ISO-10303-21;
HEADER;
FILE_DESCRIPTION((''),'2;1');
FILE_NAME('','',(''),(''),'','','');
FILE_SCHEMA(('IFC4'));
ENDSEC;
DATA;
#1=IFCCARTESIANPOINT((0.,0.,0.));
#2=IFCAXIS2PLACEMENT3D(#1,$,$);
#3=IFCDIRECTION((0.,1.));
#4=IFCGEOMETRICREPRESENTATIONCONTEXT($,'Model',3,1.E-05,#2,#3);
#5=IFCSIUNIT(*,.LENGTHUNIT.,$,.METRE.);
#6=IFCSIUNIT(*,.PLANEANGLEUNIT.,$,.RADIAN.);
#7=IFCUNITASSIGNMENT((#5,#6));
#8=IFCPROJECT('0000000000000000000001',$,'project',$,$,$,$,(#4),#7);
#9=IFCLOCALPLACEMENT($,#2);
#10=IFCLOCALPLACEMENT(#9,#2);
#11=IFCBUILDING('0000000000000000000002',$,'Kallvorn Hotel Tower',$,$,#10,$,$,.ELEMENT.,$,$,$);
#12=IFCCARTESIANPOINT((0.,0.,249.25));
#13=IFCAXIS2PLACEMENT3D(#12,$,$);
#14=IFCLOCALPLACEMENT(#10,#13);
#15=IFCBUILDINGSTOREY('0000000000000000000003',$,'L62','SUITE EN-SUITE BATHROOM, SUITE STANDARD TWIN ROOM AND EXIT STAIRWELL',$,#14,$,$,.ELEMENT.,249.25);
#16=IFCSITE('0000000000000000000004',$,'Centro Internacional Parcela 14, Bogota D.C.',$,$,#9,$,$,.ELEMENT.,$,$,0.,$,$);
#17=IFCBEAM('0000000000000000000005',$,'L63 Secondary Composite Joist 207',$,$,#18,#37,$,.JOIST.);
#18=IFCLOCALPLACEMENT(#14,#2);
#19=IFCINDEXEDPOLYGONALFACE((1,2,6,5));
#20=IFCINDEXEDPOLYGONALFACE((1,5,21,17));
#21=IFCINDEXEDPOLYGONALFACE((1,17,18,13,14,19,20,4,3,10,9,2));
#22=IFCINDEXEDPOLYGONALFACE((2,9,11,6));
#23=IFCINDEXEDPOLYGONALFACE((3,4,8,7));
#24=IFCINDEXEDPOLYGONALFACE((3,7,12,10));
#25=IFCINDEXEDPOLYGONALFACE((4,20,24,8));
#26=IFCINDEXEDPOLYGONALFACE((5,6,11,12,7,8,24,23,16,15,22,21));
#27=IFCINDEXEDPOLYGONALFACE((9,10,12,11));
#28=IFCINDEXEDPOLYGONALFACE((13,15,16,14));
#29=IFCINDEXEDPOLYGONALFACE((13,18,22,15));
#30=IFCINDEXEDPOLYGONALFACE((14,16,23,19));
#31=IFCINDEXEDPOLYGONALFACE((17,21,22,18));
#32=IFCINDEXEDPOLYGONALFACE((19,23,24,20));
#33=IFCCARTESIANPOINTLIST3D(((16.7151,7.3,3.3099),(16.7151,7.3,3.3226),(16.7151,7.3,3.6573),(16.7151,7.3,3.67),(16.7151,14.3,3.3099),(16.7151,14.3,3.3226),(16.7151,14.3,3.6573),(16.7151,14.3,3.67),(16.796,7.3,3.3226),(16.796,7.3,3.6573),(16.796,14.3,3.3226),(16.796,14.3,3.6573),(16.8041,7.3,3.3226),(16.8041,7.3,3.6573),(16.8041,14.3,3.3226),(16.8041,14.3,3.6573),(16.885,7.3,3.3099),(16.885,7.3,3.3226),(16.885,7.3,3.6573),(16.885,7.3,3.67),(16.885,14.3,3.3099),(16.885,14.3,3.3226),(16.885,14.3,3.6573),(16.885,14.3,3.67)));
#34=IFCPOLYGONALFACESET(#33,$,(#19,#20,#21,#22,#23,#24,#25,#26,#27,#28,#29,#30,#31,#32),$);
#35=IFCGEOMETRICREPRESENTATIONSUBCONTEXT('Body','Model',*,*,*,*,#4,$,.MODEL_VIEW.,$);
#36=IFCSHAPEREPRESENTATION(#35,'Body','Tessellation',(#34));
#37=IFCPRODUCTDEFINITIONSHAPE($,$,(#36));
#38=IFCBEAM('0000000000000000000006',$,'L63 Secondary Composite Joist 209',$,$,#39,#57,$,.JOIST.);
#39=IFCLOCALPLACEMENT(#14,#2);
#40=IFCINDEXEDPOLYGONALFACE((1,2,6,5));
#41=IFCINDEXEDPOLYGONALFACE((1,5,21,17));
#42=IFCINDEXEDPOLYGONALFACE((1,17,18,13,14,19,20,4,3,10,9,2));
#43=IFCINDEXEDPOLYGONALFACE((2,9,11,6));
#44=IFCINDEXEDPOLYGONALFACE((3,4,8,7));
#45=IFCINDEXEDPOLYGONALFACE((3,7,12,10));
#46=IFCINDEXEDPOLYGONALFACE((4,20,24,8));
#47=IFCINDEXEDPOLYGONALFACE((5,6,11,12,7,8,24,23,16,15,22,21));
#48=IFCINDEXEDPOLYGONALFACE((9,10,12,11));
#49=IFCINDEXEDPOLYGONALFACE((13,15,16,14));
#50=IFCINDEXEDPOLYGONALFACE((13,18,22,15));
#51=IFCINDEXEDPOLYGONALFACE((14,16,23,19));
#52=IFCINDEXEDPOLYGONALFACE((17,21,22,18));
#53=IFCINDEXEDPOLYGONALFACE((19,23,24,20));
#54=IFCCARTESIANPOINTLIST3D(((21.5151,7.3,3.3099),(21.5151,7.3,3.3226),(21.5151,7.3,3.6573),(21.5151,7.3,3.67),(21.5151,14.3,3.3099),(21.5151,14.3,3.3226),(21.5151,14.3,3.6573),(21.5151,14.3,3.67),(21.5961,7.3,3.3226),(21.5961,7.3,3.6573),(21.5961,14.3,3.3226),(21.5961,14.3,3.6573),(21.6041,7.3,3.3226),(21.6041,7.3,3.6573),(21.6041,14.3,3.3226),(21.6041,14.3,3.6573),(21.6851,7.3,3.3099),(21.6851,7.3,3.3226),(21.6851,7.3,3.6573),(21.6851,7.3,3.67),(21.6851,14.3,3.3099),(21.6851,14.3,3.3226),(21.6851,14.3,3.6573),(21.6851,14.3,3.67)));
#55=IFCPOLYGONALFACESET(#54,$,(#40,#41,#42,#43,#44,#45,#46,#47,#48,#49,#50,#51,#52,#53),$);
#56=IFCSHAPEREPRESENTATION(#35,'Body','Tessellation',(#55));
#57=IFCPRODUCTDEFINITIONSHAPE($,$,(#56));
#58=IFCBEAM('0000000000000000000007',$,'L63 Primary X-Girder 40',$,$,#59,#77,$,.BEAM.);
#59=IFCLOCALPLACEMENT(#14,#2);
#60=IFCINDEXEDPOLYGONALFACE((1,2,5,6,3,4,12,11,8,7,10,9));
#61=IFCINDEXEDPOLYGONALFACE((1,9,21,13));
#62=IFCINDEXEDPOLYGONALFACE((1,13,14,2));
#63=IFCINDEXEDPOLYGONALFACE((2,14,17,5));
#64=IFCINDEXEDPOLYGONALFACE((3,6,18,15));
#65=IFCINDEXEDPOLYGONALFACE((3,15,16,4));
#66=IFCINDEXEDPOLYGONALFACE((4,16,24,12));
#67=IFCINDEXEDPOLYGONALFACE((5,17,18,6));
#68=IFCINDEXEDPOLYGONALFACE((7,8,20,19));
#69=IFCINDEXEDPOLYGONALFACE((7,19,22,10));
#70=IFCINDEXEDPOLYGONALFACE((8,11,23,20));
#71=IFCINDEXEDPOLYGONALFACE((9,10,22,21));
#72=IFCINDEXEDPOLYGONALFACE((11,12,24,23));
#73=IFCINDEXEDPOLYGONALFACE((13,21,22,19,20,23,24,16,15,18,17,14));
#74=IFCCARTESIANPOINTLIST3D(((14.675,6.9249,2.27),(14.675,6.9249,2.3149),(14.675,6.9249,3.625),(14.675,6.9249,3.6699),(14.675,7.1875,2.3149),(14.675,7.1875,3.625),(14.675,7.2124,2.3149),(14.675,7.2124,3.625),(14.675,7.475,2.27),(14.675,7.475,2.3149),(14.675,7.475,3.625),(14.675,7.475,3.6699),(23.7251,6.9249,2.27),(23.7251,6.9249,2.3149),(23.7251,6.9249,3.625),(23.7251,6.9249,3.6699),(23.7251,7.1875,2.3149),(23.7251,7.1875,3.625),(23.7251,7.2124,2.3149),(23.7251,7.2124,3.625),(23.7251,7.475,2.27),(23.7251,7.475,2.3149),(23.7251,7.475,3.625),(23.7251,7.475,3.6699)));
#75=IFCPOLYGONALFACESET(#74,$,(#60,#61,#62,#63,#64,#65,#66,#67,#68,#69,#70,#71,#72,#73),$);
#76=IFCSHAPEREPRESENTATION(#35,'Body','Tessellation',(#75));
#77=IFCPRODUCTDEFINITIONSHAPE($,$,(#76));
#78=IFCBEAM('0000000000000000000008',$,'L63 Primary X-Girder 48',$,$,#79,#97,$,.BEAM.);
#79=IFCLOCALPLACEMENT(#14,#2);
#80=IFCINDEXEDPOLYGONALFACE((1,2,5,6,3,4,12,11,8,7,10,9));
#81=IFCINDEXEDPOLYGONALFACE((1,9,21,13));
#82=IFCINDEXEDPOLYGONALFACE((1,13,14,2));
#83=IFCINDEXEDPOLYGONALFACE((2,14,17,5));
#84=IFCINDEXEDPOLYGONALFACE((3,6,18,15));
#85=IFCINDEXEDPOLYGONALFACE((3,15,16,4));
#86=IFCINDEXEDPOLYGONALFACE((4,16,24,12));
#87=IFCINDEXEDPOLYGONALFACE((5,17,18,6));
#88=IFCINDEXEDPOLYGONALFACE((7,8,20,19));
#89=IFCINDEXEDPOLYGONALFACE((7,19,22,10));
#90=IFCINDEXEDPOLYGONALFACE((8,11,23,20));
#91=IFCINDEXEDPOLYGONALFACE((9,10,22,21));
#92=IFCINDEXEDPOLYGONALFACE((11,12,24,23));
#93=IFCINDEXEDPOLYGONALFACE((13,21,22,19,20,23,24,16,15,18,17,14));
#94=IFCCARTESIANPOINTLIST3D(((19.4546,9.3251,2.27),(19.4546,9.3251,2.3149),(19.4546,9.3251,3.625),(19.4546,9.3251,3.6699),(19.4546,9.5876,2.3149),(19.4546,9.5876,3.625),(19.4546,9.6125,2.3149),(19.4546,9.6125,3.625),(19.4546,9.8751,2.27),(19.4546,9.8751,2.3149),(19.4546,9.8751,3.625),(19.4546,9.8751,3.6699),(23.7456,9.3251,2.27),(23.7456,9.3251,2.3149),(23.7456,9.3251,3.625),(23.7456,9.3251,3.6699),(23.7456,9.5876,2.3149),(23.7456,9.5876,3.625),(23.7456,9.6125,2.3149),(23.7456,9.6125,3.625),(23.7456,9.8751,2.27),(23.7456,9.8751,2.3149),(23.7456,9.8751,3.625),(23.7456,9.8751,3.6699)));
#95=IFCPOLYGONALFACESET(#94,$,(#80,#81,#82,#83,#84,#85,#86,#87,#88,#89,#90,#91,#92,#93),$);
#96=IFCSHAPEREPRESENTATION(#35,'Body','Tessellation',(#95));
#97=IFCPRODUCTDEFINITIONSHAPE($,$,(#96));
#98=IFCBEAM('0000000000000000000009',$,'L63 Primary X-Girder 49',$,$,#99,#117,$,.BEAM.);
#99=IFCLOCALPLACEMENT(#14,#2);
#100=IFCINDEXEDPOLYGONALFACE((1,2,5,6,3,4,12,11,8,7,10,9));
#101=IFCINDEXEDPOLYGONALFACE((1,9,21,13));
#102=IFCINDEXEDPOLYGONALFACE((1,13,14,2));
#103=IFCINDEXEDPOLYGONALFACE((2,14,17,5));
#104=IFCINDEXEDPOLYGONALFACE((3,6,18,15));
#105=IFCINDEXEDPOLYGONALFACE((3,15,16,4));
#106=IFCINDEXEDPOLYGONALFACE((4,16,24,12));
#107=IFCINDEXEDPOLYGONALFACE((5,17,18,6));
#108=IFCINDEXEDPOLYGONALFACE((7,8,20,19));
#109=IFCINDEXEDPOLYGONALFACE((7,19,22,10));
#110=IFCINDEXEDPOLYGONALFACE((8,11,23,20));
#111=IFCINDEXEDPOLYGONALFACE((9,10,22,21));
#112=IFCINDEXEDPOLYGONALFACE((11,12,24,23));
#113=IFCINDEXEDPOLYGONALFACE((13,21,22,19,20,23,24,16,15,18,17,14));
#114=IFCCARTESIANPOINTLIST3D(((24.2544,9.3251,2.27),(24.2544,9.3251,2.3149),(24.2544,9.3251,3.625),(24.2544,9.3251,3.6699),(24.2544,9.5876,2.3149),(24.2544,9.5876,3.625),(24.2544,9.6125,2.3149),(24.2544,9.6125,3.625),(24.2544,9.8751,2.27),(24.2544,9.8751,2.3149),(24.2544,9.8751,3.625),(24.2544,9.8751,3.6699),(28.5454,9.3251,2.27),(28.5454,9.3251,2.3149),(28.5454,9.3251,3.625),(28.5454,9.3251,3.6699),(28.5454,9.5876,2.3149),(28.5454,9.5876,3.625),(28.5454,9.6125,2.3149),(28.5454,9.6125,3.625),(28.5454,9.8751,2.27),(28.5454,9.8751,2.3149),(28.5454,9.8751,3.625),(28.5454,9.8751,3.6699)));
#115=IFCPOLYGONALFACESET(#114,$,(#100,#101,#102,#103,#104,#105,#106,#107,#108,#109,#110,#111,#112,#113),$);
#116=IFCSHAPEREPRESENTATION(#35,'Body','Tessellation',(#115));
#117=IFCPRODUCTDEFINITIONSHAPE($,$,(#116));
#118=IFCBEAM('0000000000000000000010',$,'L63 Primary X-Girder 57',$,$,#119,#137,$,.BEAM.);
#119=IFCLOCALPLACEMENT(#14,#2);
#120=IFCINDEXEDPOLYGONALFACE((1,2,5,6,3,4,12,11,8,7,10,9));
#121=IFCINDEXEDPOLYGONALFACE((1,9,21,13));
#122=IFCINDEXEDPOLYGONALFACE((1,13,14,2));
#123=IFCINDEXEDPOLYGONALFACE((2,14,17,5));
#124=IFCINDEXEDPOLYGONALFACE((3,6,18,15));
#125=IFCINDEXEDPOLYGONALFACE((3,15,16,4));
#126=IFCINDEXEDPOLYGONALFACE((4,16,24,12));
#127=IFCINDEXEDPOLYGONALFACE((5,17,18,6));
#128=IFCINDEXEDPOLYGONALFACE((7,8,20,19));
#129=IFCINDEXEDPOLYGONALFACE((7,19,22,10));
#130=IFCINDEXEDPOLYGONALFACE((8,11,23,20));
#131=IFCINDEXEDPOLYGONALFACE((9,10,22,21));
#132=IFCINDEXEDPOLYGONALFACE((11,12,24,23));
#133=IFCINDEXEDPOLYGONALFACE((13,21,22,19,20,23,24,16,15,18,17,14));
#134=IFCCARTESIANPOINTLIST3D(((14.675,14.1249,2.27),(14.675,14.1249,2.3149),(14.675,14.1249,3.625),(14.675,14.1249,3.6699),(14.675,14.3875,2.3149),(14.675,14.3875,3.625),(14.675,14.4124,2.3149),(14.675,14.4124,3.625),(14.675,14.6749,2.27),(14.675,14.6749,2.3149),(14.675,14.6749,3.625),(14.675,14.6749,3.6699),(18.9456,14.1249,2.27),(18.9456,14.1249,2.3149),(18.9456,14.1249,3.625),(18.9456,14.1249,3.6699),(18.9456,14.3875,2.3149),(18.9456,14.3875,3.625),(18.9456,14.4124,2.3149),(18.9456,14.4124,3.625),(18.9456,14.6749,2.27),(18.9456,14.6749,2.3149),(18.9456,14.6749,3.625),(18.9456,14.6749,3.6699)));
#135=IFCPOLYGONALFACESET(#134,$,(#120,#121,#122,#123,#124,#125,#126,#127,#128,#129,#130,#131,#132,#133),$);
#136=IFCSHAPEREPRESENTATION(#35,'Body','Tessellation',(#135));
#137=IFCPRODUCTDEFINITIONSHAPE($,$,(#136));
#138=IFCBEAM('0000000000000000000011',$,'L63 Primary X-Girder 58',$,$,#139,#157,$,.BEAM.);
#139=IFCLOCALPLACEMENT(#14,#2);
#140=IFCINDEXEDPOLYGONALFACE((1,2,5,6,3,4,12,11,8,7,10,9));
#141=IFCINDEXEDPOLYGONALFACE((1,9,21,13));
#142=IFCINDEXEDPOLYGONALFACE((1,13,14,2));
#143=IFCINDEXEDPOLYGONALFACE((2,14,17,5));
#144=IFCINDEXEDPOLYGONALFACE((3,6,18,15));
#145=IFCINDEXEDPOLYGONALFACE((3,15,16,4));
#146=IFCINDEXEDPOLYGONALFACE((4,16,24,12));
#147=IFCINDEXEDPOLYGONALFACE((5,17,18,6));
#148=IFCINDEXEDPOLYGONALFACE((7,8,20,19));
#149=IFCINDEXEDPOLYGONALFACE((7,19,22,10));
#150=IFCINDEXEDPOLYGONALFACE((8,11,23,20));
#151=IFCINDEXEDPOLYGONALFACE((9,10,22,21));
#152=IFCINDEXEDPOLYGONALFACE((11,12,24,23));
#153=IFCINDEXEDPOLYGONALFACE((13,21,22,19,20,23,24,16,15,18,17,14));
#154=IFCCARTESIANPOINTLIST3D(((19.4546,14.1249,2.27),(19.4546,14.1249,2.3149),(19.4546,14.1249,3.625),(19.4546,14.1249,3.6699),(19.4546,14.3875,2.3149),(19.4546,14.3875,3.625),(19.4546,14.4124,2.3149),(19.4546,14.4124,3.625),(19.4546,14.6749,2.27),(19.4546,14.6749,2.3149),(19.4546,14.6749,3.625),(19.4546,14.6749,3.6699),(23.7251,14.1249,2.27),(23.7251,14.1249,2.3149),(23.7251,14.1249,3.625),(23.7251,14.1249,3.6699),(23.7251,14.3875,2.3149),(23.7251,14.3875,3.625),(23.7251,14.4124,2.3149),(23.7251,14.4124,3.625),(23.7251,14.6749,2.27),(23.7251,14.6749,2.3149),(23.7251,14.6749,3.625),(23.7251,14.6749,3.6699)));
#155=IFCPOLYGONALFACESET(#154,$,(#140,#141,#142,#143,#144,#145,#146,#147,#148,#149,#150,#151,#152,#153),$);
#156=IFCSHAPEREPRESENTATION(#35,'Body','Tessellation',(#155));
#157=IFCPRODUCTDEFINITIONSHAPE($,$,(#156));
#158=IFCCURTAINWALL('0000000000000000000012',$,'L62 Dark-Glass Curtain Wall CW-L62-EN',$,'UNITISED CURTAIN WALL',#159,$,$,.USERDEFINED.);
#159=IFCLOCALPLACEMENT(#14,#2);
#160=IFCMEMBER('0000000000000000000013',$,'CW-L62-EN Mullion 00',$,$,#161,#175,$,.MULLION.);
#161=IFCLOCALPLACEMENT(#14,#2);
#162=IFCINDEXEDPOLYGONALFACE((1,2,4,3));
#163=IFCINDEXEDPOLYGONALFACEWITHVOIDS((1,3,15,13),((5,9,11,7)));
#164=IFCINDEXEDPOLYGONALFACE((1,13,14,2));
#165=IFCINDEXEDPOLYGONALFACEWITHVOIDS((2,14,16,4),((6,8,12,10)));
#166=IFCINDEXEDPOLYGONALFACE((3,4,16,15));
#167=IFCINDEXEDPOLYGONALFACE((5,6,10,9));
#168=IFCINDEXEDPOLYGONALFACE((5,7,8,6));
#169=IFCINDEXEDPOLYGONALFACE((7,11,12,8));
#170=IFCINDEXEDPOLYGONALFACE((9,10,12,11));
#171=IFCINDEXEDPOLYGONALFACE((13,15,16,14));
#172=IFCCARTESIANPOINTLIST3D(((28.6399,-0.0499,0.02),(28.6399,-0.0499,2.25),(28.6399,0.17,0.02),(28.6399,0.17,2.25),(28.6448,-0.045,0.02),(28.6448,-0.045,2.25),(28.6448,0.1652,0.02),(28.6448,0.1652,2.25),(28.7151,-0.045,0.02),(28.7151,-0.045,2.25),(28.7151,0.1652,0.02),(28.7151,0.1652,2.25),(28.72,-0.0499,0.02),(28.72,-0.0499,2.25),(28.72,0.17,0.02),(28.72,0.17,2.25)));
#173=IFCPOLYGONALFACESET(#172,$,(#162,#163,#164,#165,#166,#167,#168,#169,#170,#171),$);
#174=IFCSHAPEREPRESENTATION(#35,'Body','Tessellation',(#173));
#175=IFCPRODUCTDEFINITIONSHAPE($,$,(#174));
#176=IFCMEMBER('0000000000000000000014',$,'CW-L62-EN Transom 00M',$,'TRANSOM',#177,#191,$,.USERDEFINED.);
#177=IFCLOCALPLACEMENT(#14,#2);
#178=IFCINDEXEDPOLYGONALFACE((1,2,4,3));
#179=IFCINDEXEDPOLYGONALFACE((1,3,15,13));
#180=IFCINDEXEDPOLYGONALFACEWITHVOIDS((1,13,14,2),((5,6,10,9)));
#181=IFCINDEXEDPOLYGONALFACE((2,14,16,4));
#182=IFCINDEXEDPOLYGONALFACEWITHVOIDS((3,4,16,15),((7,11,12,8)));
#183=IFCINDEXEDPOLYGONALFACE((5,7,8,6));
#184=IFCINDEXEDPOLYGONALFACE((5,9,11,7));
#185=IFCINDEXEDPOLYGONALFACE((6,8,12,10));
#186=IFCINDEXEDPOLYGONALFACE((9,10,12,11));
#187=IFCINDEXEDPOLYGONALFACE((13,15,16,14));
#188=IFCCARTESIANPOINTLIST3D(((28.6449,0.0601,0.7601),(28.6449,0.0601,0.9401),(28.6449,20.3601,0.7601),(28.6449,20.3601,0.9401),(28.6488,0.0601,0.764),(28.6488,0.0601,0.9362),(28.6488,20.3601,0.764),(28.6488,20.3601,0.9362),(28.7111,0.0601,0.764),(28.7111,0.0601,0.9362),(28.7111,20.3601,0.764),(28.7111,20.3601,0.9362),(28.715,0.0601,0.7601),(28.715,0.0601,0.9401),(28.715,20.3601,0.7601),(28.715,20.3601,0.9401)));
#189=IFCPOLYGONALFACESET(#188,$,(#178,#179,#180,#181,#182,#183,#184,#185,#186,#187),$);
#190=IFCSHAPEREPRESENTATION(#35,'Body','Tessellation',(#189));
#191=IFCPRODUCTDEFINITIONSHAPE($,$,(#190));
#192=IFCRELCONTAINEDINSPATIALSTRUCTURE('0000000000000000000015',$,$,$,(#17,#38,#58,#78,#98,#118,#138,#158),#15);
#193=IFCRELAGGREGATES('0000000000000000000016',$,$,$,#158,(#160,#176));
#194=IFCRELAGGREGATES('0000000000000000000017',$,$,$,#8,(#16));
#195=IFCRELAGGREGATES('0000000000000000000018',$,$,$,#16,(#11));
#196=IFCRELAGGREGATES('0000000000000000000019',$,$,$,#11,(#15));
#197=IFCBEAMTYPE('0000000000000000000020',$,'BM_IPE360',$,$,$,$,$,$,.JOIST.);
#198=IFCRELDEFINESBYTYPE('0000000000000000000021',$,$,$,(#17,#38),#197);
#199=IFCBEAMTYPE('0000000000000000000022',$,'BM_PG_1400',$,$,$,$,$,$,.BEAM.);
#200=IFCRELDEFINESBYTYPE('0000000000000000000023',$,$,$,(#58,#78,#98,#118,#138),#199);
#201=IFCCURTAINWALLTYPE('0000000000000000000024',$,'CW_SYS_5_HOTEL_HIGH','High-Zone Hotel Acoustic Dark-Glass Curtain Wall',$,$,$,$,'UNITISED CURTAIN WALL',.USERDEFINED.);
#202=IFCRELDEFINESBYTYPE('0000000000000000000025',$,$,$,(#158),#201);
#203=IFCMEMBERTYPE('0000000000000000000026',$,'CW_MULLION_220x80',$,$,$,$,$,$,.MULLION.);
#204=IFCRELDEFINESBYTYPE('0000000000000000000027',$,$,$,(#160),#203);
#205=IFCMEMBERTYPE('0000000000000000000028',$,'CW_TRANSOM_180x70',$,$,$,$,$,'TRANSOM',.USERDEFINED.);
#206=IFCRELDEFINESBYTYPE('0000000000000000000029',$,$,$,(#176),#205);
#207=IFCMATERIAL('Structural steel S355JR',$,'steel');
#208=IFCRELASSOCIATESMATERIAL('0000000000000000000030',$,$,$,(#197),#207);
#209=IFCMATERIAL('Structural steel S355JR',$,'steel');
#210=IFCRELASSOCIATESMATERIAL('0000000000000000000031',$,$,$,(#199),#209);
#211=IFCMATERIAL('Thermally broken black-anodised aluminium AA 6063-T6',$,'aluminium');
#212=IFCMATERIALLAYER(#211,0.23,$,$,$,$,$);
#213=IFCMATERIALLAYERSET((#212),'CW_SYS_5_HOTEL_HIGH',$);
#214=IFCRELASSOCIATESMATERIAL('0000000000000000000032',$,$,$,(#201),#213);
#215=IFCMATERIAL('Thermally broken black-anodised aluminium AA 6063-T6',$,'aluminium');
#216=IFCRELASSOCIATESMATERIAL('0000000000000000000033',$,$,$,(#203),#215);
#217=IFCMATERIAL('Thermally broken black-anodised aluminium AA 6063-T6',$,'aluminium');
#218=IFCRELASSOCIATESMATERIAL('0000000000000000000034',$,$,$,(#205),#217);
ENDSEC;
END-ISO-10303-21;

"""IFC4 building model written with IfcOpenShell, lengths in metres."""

from ifc_helpers import new_model, si_unit, direction, frame, origin, origin_2d, place, context, subcontext, project, spatial, hollow_rectangle, i_section, extrude, material, layer, layer_set, material_profile, profile_set, type_object, element, aggregate, save


model = new_model("IFC4")

# Units and contexts
model_context = context("Model", 3, precision=1e-05, world=origin(), true_north=direction((0.0, 1.0)))
body_context = subcontext(model_context, "Body", "Model", "MODEL_VIEW")
ifc_project = project(units=[si_unit("LENGTHUNIT", "METRE"), si_unit("PLANEANGLEUNIT", "RADIAN")], contexts=[model_context])

# Site, building, storey
site_placement = place(None, origin())
site = spatial("IfcSite", under=ifc_project, at=site_placement, Name="Centro Internacional Parcela 14, Bogota D.C.", CompositionType="ELEMENT", RefElevation=0.0)
building_placement = place(site_placement, origin())
building = spatial("IfcBuilding", under=site, at=building_placement, Name="Kallvorn Hotel Tower", CompositionType="ELEMENT")
storey_placement = place(building_placement, frame((0.0, 0.0, 249.25)))
storey = spatial("IfcBuildingStorey", under=building, at=storey_placement, Name="L62", Description="SUITE EN-SUITE BATHROOM, SUITE STANDARD TWIN ROOM AND EXIT STAIRWELL", CompositionType="ELEMENT", Elevation=249.25)

# Beams
ifc_material_1 = material(Name="Structural steel S355JR", Category="steel")
ifc_material_profile_1 = material_profile(ifc_material_1, i_section(OverallWidth=0.1699, OverallDepth=0.3601, WebThickness=0.0081, FlangeThickness=0.0127, at=origin_2d()), Name="IPE 360")
ifc_profile_set_1 = profile_set([ifc_material_profile_1], Name="Structural steel S355JR")
beam_type_1 = type_object("IfcBeamType", Name="BM_IPE360", PredefinedType="JOIST", material=ifc_profile_set_1)
for number, where, z_axis, x_axis, name in (
    (1, (16.8, 7.3, 3.49), (0.0, 1.0, 0.0), (-1.0, 0.0, 0.0), "L63 Secondary Composite Joist 207"),
    (2, (21.6001, 7.3, 3.49), (0.0, 1.0, 0.0), (-1.0, 0.0, 0.0), "L63 Secondary Composite Joist 209"),
):
    element("IfcBeam", number, at=place(storey_placement, frame(where, z_axis=z_axis, x_axis=x_axis)), inside=storey, type_object=beam_type_1, Name=name, PredefinedType="JOIST", context=body_context, shape_type="SweptSolid", body=[
        extrude(i_section(OverallWidth=0.1699, OverallDepth=0.3601, WebThickness=0.0081, FlangeThickness=0.0127, at=origin_2d()), origin(), (0.0, 0.0, 1.0), 7.0),
    ])
ifc_material_2 = material(Name="Structural steel S355JR", Category="steel")
ifc_material_profile_2 = material_profile(ifc_material_2, i_section(OverallWidth=0.55, OverallDepth=1.3999, WebThickness=0.0249, FlangeThickness=0.0449, at=origin_2d()), Name="PG 1400x550x25x45")
ifc_profile_set_2 = profile_set([ifc_material_profile_2], Name="Structural steel S355JR")
beam_type_2 = type_object("IfcBeamType", Name="BM_PG_1400", PredefinedType="BEAM", material=ifc_profile_set_2)
beam_1_placement = place(storey_placement, frame((14.675, 7.2, 2.97), z_axis=(1.0, 0.0, 0.0), x_axis=(0.0, 1.0, 0.0)))
element("IfcBeam", 3, at=beam_1_placement, inside=storey, type_object=beam_type_2, Name="L63 Primary X-Girder 40", PredefinedType="BEAM", context=body_context, shape_type="SweptSolid", body=[
    extrude(i_section(OverallWidth=0.55, OverallDepth=1.3999, WebThickness=0.0249, FlangeThickness=0.0449, at=origin_2d()), origin(), (0.0, 0.0, 1.0), 9.05),
])
for number, where, z_axis, x_axis, name in (
    (4, (19.4546, 9.6001, 2.97), (1.0, 0.0, 0.0), (0.0, 1.0, 0.0), "L63 Primary X-Girder 48"),
    (5, (24.2544, 9.6001, 2.97), (1.0, 0.0, 0.0), (0.0, 1.0, 0.0), "L63 Primary X-Girder 49"),
):
    element("IfcBeam", number, at=place(storey_placement, frame(where, z_axis=z_axis, x_axis=x_axis)), inside=storey, type_object=beam_type_2, Name=name, PredefinedType="BEAM", context=body_context, shape_type="SweptSolid", body=[
        extrude(i_section(OverallWidth=0.55, OverallDepth=1.3999, WebThickness=0.0249, FlangeThickness=0.0449, at=origin_2d()), origin(), (0.0, 0.0, 1.0), 4.291),
    ])
for number, where, z_axis, x_axis, name in (
    (6, (14.675, 14.3999, 2.97), (1.0, 0.0, 0.0), (0.0, 1.0, 0.0), "L63 Primary X-Girder 57"),
    (7, (19.4546, 14.3999, 2.97), (1.0, 0.0, 0.0), (0.0, 1.0, 0.0), "L63 Primary X-Girder 58"),
):
    element("IfcBeam", number, at=place(storey_placement, frame(where, z_axis=z_axis, x_axis=x_axis)), inside=storey, type_object=beam_type_2, Name=name, PredefinedType="BEAM", context=body_context, shape_type="SweptSolid", body=[
        extrude(i_section(OverallWidth=0.55, OverallDepth=1.3999, WebThickness=0.0249, FlangeThickness=0.0449, at=origin_2d()), origin(), (0.0, 0.0, 1.0), 4.2705),
    ])

# Curtain wall, members
ifc_material_3 = material(Name="Thermally broken black-anodised aluminium AA 6063-T6", Category="aluminium")
ifc_layer_1 = layer(ifc_material_3, 0.23)
ifc_layer_set_1 = layer_set([ifc_layer_1], Name="CW_SYS_5_HOTEL_HIGH")
curtain_wall_type = type_object("IfcCurtainWallType", Name="CW_SYS_5_HOTEL_HIGH", Description="High-Zone Hotel Acoustic Dark-Glass Curtain Wall", ElementType="UNITISED CURTAIN WALL", PredefinedType="USERDEFINED", material=ifc_layer_set_1)
curtain_wall_placement = place(storey_placement, origin())
curtain_wall = element("IfcCurtainWall", 8, at=curtain_wall_placement, inside=storey, type_object=curtain_wall_type, Name="L62 Dark-Glass Curtain Wall CW-L62-EN", ObjectType="UNITISED CURTAIN WALL", PredefinedType="USERDEFINED")
ifc_material_4 = material(Name="Thermally broken black-anodised aluminium AA 6063-T6", Category="aluminium")
ifc_material_profile_3 = material_profile(ifc_material_4, hollow_rectangle(XDim=0.0801, YDim=0.22, WallThickness=0.0049, at=origin_2d()), Name="MUL 220x80")
ifc_profile_set_3 = profile_set([ifc_material_profile_3], Name="Thermally broken black-anodised aluminium AA 6063-T6")
member_type_1 = type_object("IfcMemberType", Name="CW_MULLION_220x80", PredefinedType="MULLION", material=ifc_profile_set_3)
member_1_placement = place(storey_placement, frame((28.6799, 0.0601, 0.02), z_axis=(0.0, 0.0, 1.0), x_axis=(1.0, 0.0, 0.0)))
member_1 = element("IfcMember", 9, at=member_1_placement, type_object=member_type_1, Name="CW-L62-EN Mullion 00", PredefinedType="MULLION", context=body_context, shape_type="SweptSolid", body=[
    extrude(hollow_rectangle(XDim=0.0801, YDim=0.22, WallThickness=0.0049, at=origin_2d()), origin(), (0.0, 0.0, 1.0), 2.23),
])
ifc_material_5 = material(Name="Thermally broken black-anodised aluminium AA 6063-T6", Category="aluminium")
ifc_material_profile_4 = material_profile(ifc_material_5, hollow_rectangle(XDim=0.0701, YDim=0.1799, WallThickness=0.0039, at=origin_2d()), Name="TRN 180x70")
ifc_profile_set_4 = profile_set([ifc_material_profile_4], Name="Thermally broken black-anodised aluminium AA 6063-T6")
member_type_2 = type_object("IfcMemberType", Name="CW_TRANSOM_180x70", ElementType="TRANSOM", PredefinedType="USERDEFINED", material=ifc_profile_set_4)
member_2_placement = place(storey_placement, frame((28.6799, 0.0601, 0.8501), z_axis=(0.0, 1.0, 0.0), x_axis=(-1.0, 0.0, 0.0)))
member_2 = element("IfcMember", 10, at=member_2_placement, type_object=member_type_2, Name="CW-L62-EN Transom 00M", ObjectType="TRANSOM", PredefinedType="USERDEFINED", context=body_context, shape_type="SweptSolid", body=[
    extrude(hollow_rectangle(XDim=0.0701, YDim=0.1799, WallThickness=0.0039, at=origin_2d()), origin(), (0.0, 0.0, 1.0), 20.3),
])
aggregate(curtain_wall, [member_1, member_2])

save(model, "model.ifc")
